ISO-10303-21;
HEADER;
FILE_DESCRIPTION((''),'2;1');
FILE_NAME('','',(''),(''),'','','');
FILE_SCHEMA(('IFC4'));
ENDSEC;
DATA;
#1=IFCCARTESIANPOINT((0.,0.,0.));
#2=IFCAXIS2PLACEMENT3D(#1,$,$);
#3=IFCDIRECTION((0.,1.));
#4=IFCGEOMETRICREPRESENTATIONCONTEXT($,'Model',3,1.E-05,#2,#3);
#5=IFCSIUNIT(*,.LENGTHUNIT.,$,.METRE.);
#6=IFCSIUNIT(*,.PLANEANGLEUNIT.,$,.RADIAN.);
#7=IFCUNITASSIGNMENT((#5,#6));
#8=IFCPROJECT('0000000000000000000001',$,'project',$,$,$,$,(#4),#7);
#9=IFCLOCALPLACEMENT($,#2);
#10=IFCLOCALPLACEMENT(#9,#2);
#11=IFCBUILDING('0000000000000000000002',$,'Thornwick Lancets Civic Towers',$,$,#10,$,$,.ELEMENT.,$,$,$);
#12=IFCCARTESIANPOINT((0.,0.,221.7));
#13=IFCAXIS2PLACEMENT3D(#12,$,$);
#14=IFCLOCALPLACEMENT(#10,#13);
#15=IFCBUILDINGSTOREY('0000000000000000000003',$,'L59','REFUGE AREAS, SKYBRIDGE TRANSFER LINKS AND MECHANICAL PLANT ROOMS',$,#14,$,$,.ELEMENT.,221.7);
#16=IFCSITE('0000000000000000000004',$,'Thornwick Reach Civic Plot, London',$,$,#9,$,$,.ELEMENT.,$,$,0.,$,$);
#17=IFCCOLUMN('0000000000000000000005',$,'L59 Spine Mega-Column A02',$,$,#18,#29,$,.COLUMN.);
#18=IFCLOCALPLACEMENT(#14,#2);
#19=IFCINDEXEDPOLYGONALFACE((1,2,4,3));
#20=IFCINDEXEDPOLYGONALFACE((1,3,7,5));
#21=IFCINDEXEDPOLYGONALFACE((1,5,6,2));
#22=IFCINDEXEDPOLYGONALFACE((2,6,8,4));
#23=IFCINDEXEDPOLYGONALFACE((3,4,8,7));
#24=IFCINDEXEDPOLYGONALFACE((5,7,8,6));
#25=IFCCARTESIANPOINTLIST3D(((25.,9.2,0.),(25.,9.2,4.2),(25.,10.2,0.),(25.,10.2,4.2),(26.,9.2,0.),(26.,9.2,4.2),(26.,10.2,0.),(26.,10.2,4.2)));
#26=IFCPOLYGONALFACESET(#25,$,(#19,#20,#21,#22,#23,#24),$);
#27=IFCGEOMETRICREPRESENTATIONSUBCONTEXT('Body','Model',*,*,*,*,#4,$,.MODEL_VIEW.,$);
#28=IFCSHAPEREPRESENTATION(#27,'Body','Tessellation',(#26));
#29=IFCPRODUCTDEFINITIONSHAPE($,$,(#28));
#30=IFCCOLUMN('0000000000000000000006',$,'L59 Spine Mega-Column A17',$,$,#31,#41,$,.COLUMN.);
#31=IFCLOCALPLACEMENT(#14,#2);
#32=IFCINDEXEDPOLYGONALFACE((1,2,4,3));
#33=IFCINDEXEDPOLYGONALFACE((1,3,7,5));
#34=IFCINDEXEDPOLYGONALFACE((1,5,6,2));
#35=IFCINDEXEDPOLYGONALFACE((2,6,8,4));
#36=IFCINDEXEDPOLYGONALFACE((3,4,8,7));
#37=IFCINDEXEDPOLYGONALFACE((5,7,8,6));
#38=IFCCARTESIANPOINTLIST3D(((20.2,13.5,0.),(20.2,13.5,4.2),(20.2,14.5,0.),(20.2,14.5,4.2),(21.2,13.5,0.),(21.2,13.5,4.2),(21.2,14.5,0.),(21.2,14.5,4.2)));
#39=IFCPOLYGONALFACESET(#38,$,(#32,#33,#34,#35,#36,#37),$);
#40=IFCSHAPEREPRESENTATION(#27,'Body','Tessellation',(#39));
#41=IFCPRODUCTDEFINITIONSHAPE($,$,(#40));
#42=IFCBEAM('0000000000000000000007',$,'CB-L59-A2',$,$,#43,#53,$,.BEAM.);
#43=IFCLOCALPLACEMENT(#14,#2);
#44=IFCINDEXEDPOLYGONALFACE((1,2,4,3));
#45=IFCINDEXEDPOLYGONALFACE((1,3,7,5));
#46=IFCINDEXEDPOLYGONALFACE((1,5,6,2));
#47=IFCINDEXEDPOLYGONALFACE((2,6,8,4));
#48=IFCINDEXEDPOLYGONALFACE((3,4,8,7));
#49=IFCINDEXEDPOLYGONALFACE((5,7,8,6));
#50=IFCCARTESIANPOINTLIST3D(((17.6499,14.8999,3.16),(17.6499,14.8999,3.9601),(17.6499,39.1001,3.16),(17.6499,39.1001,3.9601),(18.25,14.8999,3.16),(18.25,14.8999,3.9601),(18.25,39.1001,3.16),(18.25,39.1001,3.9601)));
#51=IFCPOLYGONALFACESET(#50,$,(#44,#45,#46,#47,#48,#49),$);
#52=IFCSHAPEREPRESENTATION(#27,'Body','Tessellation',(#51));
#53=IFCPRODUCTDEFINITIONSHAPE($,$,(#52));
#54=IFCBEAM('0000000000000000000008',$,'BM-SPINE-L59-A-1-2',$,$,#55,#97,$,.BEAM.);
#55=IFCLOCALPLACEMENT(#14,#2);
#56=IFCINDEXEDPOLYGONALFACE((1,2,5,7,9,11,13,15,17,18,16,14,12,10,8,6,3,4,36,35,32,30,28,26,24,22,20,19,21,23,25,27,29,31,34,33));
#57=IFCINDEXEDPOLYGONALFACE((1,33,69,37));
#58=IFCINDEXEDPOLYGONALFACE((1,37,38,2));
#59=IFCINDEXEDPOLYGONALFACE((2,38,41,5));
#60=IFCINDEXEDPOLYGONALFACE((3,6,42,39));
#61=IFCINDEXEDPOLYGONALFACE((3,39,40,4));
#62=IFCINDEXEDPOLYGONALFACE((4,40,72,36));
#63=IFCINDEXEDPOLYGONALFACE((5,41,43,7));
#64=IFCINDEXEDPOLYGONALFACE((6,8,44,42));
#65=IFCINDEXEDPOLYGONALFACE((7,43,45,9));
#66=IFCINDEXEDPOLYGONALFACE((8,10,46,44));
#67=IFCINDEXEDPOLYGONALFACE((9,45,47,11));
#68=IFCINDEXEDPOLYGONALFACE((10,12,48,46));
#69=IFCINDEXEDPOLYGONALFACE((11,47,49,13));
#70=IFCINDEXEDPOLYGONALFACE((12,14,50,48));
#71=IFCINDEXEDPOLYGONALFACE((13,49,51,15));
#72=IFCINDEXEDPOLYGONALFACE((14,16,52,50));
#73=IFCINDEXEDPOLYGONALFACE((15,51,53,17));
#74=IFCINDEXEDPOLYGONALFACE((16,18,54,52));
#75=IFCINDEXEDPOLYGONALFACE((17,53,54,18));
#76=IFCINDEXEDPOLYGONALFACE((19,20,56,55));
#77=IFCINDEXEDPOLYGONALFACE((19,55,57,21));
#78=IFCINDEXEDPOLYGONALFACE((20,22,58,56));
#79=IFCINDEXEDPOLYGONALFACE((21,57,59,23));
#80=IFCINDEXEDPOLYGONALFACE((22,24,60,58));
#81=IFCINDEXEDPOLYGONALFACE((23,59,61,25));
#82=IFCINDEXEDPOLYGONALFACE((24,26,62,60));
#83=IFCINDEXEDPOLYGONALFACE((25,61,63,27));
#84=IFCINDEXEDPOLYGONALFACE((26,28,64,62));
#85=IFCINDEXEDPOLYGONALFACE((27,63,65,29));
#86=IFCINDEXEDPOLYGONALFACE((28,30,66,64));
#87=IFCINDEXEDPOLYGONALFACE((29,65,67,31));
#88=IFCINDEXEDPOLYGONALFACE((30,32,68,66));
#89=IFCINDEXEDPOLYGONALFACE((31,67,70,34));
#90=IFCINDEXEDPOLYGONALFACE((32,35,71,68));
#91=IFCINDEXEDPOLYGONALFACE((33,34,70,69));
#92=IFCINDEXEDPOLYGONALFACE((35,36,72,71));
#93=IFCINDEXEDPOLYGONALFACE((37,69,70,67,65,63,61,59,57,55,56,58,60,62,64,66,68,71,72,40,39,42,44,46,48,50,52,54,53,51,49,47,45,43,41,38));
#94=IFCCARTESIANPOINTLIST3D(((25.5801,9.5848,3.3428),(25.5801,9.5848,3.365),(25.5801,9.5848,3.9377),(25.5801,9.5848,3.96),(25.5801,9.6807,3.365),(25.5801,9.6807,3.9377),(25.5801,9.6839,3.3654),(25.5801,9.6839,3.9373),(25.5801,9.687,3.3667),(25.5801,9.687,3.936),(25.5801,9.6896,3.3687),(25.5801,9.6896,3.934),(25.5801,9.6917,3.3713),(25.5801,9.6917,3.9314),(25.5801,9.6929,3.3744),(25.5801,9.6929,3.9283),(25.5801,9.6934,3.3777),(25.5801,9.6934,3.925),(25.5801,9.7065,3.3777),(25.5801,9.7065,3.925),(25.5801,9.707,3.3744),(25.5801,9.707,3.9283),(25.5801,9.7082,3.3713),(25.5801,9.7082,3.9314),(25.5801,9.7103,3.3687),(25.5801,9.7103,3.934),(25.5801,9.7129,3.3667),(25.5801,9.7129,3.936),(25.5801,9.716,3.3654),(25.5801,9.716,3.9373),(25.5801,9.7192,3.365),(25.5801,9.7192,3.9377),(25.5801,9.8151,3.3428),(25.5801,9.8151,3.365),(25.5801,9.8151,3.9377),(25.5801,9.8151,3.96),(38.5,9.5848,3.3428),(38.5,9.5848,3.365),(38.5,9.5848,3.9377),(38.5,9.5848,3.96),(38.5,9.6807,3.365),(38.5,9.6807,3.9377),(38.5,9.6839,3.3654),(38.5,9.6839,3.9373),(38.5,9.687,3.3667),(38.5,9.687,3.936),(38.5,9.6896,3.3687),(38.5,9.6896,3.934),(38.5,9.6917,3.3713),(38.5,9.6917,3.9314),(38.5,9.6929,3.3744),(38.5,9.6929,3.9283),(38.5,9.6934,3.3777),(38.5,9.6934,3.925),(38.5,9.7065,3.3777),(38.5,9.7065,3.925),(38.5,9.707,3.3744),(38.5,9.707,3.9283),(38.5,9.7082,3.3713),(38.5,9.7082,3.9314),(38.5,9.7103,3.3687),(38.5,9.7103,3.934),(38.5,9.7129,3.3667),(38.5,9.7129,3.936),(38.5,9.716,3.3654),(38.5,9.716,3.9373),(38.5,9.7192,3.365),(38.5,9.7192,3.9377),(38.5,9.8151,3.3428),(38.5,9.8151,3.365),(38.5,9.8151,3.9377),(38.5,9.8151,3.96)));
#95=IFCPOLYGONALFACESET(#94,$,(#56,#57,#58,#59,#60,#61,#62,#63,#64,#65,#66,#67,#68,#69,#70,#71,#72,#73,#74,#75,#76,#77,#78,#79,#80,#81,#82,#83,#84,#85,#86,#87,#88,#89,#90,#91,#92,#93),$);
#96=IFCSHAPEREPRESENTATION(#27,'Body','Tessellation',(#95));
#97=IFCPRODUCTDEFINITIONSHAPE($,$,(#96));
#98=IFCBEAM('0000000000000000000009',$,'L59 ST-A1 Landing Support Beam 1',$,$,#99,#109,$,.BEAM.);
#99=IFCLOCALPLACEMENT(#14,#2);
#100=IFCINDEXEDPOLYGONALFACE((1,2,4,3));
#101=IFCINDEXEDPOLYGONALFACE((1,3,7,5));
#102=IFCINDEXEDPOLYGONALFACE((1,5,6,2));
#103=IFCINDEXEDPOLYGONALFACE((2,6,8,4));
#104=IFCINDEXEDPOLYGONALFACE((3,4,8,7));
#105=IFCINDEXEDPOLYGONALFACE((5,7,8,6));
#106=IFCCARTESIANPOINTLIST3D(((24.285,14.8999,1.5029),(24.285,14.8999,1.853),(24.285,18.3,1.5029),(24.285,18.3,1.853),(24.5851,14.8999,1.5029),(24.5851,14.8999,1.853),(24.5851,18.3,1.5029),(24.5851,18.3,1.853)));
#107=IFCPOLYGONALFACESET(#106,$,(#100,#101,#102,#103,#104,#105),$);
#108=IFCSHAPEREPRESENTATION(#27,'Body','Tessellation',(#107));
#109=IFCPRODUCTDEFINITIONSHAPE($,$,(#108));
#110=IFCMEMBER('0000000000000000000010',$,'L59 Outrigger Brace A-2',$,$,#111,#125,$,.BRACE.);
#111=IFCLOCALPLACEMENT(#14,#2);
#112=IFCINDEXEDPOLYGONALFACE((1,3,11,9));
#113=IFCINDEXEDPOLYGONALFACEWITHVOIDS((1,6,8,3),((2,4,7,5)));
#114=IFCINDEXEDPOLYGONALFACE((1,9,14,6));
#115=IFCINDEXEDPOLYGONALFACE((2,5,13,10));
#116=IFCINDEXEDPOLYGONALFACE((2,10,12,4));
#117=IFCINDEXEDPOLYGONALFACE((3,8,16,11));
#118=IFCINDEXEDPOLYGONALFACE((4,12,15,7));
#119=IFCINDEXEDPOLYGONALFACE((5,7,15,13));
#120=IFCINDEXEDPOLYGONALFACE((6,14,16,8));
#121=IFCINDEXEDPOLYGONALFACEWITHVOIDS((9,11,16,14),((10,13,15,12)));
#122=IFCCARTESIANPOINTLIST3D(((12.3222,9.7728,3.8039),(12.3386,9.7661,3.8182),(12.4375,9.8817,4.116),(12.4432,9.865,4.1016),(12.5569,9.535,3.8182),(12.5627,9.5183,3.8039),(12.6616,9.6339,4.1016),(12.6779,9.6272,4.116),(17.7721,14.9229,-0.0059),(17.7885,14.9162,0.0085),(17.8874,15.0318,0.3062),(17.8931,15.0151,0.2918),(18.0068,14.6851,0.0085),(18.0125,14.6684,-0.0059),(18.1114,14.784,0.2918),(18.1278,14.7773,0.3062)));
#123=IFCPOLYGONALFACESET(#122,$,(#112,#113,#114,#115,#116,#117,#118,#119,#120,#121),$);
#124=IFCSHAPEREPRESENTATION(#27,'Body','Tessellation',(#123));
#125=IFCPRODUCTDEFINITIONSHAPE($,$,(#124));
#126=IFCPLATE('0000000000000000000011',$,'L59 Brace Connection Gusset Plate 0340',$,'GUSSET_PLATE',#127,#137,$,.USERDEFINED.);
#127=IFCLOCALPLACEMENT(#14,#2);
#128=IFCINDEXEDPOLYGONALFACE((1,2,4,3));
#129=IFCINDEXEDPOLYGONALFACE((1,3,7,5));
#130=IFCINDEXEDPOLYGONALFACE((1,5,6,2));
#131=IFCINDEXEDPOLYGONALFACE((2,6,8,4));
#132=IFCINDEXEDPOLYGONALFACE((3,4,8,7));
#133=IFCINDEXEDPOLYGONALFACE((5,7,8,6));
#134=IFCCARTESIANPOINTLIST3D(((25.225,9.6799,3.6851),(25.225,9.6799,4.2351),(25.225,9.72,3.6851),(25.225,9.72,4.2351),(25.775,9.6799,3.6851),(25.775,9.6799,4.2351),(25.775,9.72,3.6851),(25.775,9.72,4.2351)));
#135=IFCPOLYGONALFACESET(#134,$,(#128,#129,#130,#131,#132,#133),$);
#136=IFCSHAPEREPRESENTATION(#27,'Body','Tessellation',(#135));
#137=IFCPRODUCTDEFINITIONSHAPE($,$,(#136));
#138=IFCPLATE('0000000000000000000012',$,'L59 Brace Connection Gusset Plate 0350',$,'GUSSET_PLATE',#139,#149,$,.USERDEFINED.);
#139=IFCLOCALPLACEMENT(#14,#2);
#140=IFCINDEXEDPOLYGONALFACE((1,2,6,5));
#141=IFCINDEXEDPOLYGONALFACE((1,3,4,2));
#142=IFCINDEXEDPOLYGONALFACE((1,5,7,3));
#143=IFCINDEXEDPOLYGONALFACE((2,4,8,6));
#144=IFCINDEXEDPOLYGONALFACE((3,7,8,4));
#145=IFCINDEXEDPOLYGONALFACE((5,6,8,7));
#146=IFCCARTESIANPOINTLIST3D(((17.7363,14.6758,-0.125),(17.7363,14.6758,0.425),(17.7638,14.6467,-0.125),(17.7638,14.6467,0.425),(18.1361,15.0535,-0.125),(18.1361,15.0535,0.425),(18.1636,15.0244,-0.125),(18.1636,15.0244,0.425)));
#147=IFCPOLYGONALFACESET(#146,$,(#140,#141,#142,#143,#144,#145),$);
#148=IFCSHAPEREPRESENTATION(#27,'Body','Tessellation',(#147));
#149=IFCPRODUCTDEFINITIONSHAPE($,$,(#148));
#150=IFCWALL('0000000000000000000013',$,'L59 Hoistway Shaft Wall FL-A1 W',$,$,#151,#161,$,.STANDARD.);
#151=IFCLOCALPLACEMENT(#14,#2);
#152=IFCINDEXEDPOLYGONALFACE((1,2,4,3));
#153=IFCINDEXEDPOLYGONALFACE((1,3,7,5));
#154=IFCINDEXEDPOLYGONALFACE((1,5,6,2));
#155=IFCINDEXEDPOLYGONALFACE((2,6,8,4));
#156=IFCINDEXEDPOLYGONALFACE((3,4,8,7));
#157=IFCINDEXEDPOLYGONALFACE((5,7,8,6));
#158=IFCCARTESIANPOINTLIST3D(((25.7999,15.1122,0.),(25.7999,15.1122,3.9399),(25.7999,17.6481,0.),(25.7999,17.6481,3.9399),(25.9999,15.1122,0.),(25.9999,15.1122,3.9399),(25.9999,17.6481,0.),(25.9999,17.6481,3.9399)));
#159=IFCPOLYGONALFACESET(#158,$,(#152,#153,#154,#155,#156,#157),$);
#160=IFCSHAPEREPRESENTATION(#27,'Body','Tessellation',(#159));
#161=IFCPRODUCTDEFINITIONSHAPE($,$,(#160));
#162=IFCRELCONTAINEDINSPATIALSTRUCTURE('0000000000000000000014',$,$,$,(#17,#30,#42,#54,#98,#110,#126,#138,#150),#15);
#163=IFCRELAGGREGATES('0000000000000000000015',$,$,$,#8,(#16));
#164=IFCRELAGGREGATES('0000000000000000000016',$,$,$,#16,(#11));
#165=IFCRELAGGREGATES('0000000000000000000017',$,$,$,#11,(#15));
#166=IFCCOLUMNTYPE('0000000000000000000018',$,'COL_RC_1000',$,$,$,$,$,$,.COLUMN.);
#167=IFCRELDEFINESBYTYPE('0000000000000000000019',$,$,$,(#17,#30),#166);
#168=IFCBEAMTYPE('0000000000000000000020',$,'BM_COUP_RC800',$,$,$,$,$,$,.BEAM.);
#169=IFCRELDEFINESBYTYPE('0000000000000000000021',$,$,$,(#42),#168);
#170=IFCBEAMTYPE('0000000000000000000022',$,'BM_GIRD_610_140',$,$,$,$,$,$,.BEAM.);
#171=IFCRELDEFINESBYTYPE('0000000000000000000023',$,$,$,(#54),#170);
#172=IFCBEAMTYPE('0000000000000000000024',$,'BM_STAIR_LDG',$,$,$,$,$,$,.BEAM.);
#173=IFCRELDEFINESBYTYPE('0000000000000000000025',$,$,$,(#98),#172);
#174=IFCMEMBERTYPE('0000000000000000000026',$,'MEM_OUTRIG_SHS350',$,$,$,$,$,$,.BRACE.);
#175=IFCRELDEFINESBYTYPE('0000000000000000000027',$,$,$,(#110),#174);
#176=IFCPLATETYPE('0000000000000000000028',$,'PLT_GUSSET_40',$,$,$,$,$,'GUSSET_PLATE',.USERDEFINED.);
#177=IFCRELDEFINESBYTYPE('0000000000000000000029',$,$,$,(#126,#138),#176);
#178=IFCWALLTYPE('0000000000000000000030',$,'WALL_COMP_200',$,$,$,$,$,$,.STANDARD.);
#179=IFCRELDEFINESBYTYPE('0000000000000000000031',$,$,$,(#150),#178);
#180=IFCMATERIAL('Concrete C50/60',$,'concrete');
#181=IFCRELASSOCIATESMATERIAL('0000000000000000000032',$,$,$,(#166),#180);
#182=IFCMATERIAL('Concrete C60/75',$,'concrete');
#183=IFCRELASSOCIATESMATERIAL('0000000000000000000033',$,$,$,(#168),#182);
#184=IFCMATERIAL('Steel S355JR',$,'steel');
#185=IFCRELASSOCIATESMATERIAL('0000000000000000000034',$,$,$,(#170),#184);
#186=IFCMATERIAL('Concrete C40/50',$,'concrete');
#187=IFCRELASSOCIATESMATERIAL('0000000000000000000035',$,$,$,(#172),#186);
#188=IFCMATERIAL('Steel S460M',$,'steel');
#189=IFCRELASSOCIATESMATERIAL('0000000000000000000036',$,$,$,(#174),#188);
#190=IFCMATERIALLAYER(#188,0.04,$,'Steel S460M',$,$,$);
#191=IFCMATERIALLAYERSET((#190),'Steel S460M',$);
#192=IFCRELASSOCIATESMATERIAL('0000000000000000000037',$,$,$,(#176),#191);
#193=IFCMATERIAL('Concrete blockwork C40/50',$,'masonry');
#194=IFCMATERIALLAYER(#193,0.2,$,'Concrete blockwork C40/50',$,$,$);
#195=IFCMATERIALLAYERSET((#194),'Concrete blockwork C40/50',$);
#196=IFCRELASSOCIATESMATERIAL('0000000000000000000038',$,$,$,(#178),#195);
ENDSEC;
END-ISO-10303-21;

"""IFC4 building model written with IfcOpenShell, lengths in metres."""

from ifc_helpers import new_model, si_unit, direction, frame, frame_2d, origin, origin_2d, place, context, subcontext, project, spatial, rectangle, hollow_rectangle, i_section, extrude, material, layer, layer_set, material_profile, profile_set, type_object, element, save


model = new_model("IFC4")

# Units and contexts
model_context = context("Model", 3, precision=1e-05, world=origin(), true_north=direction((0.0, 1.0)))
body_context = subcontext(model_context, "Body", "Model", "MODEL_VIEW")
ifc_project = project(units=[si_unit("LENGTHUNIT", "METRE"), si_unit("PLANEANGLEUNIT", "RADIAN")], contexts=[model_context])

# Site, building, storey
site_placement = place(None, origin())
site = spatial("IfcSite", under=ifc_project, at=site_placement, Name="Thornwick Reach Civic Plot, London", CompositionType="ELEMENT", RefElevation=0.0)
building_placement = place(site_placement, origin())
building = spatial("IfcBuilding", under=site, at=building_placement, Name="Thornwick Lancets Civic Towers", CompositionType="ELEMENT")
storey_placement = place(building_placement, frame((0.0, 0.0, 221.7)))
storey = spatial("IfcBuildingStorey", under=building, at=storey_placement, Name="L59", Description="REFUGE AREAS, SKYBRIDGE TRANSFER LINKS AND MECHANICAL PLANT ROOMS", CompositionType="ELEMENT", Elevation=221.7)

# Columns
ifc_material_1 = material(Name="Concrete C50/60", Category="concrete")
ifc_material_profile_1 = material_profile(ifc_material_1, rectangle(XDim=1.0, YDim=1.0, at=origin_2d()), Name="RC 1000x1000")
ifc_profile_set_1 = profile_set([ifc_material_profile_1], Name="Concrete C50/60")
column_type = type_object("IfcColumnType", Name="COL_RC_1000", PredefinedType="COLUMN", material=ifc_profile_set_1)
for number, where, z_axis, x_axis, name in (
    (1, (25.5, 9.7, 0.0), (0.0, 0.0, 1.0), (1.0, 0.0, 0.0), "L59 Spine Mega-Column A02"),
    (2, (20.7, 14.0, 0.0), (0.0, 0.0, 1.0), (1.0, 0.0, 0.0), "L59 Spine Mega-Column A17"),
):
    element("IfcColumn", number, at=place(storey_placement, frame(where, z_axis=z_axis, x_axis=x_axis)), inside=storey, type_object=column_type, Name=name, PredefinedType="COLUMN", context=body_context, shape_type="SweptSolid", body=[
        extrude(rectangle(XDim=1.0, YDim=1.0, at=origin_2d()), origin(), (0.0, 0.0, 1.0), 4.2),
    ])

# Beams
ifc_material_2 = material(Name="Concrete C60/75", Category="concrete")
ifc_material_profile_2 = material_profile(ifc_material_2, rectangle(XDim=0.6001, YDim=0.8, at=origin_2d()), Name="RC 600x800")
ifc_profile_set_2 = profile_set([ifc_material_profile_2], Name="Concrete C60/75")
beam_type_1 = type_object("IfcBeamType", Name="BM_COUP_RC800", PredefinedType="BEAM", material=ifc_profile_set_2)
beam_1_placement = place(storey_placement, frame((17.95, 14.8999, 3.5601), z_axis=(0.0, 1.0, 0.0), x_axis=(-1.0, 0.0, 0.0)))
element("IfcBeam", 3, at=beam_1_placement, inside=storey, type_object=beam_type_1, Name="CB-L59-A2", PredefinedType="BEAM", context=body_context, shape_type="SweptSolid", body=[
    extrude(rectangle(XDim=0.6001, YDim=0.8, at=origin_2d()), origin(), (0.0, 0.0, 1.0), 24.2002),
])
ifc_material_3 = material(Name="Steel S355JR", Category="steel")
ifc_material_profile_3 = material_profile(ifc_material_3, i_section(OverallWidth=0.2302, OverallDepth=0.6172, WebThickness=0.0132, FlangeThickness=0.0222, FilletRadius=0.0127, at=origin_2d()), Name="UKB 610x229x140")
ifc_profile_set_3 = profile_set([ifc_material_profile_3], Name="Steel S355JR")
beam_type_2 = type_object("IfcBeamType", Name="BM_GIRD_610_140", PredefinedType="BEAM", material=ifc_profile_set_3)
beam_2_placement = place(storey_placement, frame((25.5801, 9.7, 3.6514), z_axis=(1.0, 0.0, 0.0), x_axis=(0.0, 1.0, 0.0)))
element("IfcBeam", 4, at=beam_2_placement, inside=storey, type_object=beam_type_2, Name="BM-SPINE-L59-A-1-2", PredefinedType="BEAM", context=body_context, shape_type="SweptSolid", body=[
    extrude(i_section(OverallWidth=0.2302, OverallDepth=0.6172, WebThickness=0.0132, FlangeThickness=0.0222, FilletRadius=0.0127, at=origin_2d()), origin(), (0.0, 0.0, 1.0), 12.9199),
])
ifc_material_4 = material(Name="Concrete C40/50", Category="concrete")
ifc_material_profile_4 = material_profile(ifc_material_4, rectangle(XDim=0.3, YDim=0.3501, at=origin_2d()), Name="RC 300x350")
ifc_profile_set_4 = profile_set([ifc_material_profile_4], Name="Concrete C40/50")
beam_type_3 = type_object("IfcBeamType", Name="BM_STAIR_LDG", PredefinedType="BEAM", material=ifc_profile_set_4)
beam_3_placement = place(storey_placement, frame((24.4351, 14.8999, 1.678), z_axis=(0.0, 1.0, 0.0), x_axis=(-1.0, 0.0, 0.0)))
element("IfcBeam", 5, at=beam_3_placement, inside=storey, type_object=beam_type_3, Name="L59 ST-A1 Landing Support Beam 1", PredefinedType="BEAM", context=body_context, shape_type="SweptSolid", body=[
    extrude(rectangle(XDim=0.3, YDim=0.3501, at=origin_2d()), origin(), (0.0, 0.0, 1.0), 3.4001),
])

# Member
ifc_material_5 = material(Name="Steel S460M", Category="steel")
ifc_material_profile_5 = material_profile(ifc_material_5, hollow_rectangle(XDim=0.3501, YDim=0.3501, WallThickness=0.0161, at=origin_2d()), Name="SHS 350x350x16")
ifc_profile_set_5 = profile_set([ifc_material_profile_5], Name="Steel S460M")
member_type = type_object("IfcMemberType", Name="MEM_OUTRIG_SHS350", PredefinedType="BRACE", material=ifc_profile_set_5)
member_placement = place(storey_placement, frame((17.95, 14.8501, 0.1501), z_axis=(-0.647975, -0.612329, 0.45297), x_axis=(0.686833, -0.726815, 0.0)))
element("IfcMember", 6, at=member_placement, inside=storey, type_object=member_type, Name="L59 Outrigger Brace A-2", PredefinedType="BRACE", context=body_context, shape_type="SweptSolid", body=[
    extrude(hollow_rectangle(XDim=0.3501, YDim=0.3501, WallThickness=0.0161, at=origin_2d()), origin(), (0.0, 0.0, 1.0), 8.4106),
])

# Plates
ifc_layer_1 = layer(ifc_material_5, 0.04, Name="Steel S460M")
ifc_layer_set_1 = layer_set([ifc_layer_1], Name="Steel S460M")
plate_type = type_object("IfcPlateType", Name="PLT_GUSSET_40", ElementType="GUSSET_PLATE", PredefinedType="USERDEFINED", material=ifc_layer_set_1)
for number, where, z_axis, x_axis, name in (
    (7, (25.5, 9.7, 3.6851), (0.0, 0.0, 1.0), (1.0, 0.0, 0.0), "L59 Brace Connection Gusset Plate 0340"),
    (8, (17.95, 14.8501, -0.125), (0.0, 0.0, 1.0), (-0.726814, -0.686834, 0.0), "L59 Brace Connection Gusset Plate 0350"),
):
    element("IfcPlate", number, at=place(storey_placement, frame(where, z_axis=z_axis, x_axis=x_axis)), inside=storey, type_object=plate_type, Name=name, ObjectType="GUSSET_PLATE", PredefinedType="USERDEFINED", context=body_context, shape_type="SweptSolid", body=[
        extrude(rectangle(XDim=0.55, YDim=0.04, at=origin_2d()), origin(), (0.0, 0.0, 1.0), 0.55),
    ])

# Wall
ifc_material_6 = material(Name="Concrete blockwork C40/50", Category="masonry")
ifc_layer_2 = layer(ifc_material_6, 0.2, Name="Concrete blockwork C40/50")
ifc_layer_set_2 = layer_set([ifc_layer_2], Name="Concrete blockwork C40/50")
wall_type_1 = type_object("IfcWallType", Name="WALL_COMP_200", PredefinedType="STANDARD", material=ifc_layer_set_2)
wall_1_placement = place(storey_placement, frame((25.8999, 15.1121, 0.0), z_axis=(0.0, 0.0, 1.0), x_axis=(0.0, 1.0, 0.0)))
element("IfcWall", 9, at=wall_1_placement, inside=storey, type_object=wall_type_1, Name="L59 Hoistway Shaft Wall FL-A1 W", PredefinedType="STANDARD", context=body_context, shape_type="SweptSolid", body=[
    extrude(rectangle(XDim=2.5359, YDim=0.2, at=frame_2d((1.2681, 0.0))), origin(), (0.0, 0.0, 1.0), 3.9399),
])

save(model, "model.ifc")
